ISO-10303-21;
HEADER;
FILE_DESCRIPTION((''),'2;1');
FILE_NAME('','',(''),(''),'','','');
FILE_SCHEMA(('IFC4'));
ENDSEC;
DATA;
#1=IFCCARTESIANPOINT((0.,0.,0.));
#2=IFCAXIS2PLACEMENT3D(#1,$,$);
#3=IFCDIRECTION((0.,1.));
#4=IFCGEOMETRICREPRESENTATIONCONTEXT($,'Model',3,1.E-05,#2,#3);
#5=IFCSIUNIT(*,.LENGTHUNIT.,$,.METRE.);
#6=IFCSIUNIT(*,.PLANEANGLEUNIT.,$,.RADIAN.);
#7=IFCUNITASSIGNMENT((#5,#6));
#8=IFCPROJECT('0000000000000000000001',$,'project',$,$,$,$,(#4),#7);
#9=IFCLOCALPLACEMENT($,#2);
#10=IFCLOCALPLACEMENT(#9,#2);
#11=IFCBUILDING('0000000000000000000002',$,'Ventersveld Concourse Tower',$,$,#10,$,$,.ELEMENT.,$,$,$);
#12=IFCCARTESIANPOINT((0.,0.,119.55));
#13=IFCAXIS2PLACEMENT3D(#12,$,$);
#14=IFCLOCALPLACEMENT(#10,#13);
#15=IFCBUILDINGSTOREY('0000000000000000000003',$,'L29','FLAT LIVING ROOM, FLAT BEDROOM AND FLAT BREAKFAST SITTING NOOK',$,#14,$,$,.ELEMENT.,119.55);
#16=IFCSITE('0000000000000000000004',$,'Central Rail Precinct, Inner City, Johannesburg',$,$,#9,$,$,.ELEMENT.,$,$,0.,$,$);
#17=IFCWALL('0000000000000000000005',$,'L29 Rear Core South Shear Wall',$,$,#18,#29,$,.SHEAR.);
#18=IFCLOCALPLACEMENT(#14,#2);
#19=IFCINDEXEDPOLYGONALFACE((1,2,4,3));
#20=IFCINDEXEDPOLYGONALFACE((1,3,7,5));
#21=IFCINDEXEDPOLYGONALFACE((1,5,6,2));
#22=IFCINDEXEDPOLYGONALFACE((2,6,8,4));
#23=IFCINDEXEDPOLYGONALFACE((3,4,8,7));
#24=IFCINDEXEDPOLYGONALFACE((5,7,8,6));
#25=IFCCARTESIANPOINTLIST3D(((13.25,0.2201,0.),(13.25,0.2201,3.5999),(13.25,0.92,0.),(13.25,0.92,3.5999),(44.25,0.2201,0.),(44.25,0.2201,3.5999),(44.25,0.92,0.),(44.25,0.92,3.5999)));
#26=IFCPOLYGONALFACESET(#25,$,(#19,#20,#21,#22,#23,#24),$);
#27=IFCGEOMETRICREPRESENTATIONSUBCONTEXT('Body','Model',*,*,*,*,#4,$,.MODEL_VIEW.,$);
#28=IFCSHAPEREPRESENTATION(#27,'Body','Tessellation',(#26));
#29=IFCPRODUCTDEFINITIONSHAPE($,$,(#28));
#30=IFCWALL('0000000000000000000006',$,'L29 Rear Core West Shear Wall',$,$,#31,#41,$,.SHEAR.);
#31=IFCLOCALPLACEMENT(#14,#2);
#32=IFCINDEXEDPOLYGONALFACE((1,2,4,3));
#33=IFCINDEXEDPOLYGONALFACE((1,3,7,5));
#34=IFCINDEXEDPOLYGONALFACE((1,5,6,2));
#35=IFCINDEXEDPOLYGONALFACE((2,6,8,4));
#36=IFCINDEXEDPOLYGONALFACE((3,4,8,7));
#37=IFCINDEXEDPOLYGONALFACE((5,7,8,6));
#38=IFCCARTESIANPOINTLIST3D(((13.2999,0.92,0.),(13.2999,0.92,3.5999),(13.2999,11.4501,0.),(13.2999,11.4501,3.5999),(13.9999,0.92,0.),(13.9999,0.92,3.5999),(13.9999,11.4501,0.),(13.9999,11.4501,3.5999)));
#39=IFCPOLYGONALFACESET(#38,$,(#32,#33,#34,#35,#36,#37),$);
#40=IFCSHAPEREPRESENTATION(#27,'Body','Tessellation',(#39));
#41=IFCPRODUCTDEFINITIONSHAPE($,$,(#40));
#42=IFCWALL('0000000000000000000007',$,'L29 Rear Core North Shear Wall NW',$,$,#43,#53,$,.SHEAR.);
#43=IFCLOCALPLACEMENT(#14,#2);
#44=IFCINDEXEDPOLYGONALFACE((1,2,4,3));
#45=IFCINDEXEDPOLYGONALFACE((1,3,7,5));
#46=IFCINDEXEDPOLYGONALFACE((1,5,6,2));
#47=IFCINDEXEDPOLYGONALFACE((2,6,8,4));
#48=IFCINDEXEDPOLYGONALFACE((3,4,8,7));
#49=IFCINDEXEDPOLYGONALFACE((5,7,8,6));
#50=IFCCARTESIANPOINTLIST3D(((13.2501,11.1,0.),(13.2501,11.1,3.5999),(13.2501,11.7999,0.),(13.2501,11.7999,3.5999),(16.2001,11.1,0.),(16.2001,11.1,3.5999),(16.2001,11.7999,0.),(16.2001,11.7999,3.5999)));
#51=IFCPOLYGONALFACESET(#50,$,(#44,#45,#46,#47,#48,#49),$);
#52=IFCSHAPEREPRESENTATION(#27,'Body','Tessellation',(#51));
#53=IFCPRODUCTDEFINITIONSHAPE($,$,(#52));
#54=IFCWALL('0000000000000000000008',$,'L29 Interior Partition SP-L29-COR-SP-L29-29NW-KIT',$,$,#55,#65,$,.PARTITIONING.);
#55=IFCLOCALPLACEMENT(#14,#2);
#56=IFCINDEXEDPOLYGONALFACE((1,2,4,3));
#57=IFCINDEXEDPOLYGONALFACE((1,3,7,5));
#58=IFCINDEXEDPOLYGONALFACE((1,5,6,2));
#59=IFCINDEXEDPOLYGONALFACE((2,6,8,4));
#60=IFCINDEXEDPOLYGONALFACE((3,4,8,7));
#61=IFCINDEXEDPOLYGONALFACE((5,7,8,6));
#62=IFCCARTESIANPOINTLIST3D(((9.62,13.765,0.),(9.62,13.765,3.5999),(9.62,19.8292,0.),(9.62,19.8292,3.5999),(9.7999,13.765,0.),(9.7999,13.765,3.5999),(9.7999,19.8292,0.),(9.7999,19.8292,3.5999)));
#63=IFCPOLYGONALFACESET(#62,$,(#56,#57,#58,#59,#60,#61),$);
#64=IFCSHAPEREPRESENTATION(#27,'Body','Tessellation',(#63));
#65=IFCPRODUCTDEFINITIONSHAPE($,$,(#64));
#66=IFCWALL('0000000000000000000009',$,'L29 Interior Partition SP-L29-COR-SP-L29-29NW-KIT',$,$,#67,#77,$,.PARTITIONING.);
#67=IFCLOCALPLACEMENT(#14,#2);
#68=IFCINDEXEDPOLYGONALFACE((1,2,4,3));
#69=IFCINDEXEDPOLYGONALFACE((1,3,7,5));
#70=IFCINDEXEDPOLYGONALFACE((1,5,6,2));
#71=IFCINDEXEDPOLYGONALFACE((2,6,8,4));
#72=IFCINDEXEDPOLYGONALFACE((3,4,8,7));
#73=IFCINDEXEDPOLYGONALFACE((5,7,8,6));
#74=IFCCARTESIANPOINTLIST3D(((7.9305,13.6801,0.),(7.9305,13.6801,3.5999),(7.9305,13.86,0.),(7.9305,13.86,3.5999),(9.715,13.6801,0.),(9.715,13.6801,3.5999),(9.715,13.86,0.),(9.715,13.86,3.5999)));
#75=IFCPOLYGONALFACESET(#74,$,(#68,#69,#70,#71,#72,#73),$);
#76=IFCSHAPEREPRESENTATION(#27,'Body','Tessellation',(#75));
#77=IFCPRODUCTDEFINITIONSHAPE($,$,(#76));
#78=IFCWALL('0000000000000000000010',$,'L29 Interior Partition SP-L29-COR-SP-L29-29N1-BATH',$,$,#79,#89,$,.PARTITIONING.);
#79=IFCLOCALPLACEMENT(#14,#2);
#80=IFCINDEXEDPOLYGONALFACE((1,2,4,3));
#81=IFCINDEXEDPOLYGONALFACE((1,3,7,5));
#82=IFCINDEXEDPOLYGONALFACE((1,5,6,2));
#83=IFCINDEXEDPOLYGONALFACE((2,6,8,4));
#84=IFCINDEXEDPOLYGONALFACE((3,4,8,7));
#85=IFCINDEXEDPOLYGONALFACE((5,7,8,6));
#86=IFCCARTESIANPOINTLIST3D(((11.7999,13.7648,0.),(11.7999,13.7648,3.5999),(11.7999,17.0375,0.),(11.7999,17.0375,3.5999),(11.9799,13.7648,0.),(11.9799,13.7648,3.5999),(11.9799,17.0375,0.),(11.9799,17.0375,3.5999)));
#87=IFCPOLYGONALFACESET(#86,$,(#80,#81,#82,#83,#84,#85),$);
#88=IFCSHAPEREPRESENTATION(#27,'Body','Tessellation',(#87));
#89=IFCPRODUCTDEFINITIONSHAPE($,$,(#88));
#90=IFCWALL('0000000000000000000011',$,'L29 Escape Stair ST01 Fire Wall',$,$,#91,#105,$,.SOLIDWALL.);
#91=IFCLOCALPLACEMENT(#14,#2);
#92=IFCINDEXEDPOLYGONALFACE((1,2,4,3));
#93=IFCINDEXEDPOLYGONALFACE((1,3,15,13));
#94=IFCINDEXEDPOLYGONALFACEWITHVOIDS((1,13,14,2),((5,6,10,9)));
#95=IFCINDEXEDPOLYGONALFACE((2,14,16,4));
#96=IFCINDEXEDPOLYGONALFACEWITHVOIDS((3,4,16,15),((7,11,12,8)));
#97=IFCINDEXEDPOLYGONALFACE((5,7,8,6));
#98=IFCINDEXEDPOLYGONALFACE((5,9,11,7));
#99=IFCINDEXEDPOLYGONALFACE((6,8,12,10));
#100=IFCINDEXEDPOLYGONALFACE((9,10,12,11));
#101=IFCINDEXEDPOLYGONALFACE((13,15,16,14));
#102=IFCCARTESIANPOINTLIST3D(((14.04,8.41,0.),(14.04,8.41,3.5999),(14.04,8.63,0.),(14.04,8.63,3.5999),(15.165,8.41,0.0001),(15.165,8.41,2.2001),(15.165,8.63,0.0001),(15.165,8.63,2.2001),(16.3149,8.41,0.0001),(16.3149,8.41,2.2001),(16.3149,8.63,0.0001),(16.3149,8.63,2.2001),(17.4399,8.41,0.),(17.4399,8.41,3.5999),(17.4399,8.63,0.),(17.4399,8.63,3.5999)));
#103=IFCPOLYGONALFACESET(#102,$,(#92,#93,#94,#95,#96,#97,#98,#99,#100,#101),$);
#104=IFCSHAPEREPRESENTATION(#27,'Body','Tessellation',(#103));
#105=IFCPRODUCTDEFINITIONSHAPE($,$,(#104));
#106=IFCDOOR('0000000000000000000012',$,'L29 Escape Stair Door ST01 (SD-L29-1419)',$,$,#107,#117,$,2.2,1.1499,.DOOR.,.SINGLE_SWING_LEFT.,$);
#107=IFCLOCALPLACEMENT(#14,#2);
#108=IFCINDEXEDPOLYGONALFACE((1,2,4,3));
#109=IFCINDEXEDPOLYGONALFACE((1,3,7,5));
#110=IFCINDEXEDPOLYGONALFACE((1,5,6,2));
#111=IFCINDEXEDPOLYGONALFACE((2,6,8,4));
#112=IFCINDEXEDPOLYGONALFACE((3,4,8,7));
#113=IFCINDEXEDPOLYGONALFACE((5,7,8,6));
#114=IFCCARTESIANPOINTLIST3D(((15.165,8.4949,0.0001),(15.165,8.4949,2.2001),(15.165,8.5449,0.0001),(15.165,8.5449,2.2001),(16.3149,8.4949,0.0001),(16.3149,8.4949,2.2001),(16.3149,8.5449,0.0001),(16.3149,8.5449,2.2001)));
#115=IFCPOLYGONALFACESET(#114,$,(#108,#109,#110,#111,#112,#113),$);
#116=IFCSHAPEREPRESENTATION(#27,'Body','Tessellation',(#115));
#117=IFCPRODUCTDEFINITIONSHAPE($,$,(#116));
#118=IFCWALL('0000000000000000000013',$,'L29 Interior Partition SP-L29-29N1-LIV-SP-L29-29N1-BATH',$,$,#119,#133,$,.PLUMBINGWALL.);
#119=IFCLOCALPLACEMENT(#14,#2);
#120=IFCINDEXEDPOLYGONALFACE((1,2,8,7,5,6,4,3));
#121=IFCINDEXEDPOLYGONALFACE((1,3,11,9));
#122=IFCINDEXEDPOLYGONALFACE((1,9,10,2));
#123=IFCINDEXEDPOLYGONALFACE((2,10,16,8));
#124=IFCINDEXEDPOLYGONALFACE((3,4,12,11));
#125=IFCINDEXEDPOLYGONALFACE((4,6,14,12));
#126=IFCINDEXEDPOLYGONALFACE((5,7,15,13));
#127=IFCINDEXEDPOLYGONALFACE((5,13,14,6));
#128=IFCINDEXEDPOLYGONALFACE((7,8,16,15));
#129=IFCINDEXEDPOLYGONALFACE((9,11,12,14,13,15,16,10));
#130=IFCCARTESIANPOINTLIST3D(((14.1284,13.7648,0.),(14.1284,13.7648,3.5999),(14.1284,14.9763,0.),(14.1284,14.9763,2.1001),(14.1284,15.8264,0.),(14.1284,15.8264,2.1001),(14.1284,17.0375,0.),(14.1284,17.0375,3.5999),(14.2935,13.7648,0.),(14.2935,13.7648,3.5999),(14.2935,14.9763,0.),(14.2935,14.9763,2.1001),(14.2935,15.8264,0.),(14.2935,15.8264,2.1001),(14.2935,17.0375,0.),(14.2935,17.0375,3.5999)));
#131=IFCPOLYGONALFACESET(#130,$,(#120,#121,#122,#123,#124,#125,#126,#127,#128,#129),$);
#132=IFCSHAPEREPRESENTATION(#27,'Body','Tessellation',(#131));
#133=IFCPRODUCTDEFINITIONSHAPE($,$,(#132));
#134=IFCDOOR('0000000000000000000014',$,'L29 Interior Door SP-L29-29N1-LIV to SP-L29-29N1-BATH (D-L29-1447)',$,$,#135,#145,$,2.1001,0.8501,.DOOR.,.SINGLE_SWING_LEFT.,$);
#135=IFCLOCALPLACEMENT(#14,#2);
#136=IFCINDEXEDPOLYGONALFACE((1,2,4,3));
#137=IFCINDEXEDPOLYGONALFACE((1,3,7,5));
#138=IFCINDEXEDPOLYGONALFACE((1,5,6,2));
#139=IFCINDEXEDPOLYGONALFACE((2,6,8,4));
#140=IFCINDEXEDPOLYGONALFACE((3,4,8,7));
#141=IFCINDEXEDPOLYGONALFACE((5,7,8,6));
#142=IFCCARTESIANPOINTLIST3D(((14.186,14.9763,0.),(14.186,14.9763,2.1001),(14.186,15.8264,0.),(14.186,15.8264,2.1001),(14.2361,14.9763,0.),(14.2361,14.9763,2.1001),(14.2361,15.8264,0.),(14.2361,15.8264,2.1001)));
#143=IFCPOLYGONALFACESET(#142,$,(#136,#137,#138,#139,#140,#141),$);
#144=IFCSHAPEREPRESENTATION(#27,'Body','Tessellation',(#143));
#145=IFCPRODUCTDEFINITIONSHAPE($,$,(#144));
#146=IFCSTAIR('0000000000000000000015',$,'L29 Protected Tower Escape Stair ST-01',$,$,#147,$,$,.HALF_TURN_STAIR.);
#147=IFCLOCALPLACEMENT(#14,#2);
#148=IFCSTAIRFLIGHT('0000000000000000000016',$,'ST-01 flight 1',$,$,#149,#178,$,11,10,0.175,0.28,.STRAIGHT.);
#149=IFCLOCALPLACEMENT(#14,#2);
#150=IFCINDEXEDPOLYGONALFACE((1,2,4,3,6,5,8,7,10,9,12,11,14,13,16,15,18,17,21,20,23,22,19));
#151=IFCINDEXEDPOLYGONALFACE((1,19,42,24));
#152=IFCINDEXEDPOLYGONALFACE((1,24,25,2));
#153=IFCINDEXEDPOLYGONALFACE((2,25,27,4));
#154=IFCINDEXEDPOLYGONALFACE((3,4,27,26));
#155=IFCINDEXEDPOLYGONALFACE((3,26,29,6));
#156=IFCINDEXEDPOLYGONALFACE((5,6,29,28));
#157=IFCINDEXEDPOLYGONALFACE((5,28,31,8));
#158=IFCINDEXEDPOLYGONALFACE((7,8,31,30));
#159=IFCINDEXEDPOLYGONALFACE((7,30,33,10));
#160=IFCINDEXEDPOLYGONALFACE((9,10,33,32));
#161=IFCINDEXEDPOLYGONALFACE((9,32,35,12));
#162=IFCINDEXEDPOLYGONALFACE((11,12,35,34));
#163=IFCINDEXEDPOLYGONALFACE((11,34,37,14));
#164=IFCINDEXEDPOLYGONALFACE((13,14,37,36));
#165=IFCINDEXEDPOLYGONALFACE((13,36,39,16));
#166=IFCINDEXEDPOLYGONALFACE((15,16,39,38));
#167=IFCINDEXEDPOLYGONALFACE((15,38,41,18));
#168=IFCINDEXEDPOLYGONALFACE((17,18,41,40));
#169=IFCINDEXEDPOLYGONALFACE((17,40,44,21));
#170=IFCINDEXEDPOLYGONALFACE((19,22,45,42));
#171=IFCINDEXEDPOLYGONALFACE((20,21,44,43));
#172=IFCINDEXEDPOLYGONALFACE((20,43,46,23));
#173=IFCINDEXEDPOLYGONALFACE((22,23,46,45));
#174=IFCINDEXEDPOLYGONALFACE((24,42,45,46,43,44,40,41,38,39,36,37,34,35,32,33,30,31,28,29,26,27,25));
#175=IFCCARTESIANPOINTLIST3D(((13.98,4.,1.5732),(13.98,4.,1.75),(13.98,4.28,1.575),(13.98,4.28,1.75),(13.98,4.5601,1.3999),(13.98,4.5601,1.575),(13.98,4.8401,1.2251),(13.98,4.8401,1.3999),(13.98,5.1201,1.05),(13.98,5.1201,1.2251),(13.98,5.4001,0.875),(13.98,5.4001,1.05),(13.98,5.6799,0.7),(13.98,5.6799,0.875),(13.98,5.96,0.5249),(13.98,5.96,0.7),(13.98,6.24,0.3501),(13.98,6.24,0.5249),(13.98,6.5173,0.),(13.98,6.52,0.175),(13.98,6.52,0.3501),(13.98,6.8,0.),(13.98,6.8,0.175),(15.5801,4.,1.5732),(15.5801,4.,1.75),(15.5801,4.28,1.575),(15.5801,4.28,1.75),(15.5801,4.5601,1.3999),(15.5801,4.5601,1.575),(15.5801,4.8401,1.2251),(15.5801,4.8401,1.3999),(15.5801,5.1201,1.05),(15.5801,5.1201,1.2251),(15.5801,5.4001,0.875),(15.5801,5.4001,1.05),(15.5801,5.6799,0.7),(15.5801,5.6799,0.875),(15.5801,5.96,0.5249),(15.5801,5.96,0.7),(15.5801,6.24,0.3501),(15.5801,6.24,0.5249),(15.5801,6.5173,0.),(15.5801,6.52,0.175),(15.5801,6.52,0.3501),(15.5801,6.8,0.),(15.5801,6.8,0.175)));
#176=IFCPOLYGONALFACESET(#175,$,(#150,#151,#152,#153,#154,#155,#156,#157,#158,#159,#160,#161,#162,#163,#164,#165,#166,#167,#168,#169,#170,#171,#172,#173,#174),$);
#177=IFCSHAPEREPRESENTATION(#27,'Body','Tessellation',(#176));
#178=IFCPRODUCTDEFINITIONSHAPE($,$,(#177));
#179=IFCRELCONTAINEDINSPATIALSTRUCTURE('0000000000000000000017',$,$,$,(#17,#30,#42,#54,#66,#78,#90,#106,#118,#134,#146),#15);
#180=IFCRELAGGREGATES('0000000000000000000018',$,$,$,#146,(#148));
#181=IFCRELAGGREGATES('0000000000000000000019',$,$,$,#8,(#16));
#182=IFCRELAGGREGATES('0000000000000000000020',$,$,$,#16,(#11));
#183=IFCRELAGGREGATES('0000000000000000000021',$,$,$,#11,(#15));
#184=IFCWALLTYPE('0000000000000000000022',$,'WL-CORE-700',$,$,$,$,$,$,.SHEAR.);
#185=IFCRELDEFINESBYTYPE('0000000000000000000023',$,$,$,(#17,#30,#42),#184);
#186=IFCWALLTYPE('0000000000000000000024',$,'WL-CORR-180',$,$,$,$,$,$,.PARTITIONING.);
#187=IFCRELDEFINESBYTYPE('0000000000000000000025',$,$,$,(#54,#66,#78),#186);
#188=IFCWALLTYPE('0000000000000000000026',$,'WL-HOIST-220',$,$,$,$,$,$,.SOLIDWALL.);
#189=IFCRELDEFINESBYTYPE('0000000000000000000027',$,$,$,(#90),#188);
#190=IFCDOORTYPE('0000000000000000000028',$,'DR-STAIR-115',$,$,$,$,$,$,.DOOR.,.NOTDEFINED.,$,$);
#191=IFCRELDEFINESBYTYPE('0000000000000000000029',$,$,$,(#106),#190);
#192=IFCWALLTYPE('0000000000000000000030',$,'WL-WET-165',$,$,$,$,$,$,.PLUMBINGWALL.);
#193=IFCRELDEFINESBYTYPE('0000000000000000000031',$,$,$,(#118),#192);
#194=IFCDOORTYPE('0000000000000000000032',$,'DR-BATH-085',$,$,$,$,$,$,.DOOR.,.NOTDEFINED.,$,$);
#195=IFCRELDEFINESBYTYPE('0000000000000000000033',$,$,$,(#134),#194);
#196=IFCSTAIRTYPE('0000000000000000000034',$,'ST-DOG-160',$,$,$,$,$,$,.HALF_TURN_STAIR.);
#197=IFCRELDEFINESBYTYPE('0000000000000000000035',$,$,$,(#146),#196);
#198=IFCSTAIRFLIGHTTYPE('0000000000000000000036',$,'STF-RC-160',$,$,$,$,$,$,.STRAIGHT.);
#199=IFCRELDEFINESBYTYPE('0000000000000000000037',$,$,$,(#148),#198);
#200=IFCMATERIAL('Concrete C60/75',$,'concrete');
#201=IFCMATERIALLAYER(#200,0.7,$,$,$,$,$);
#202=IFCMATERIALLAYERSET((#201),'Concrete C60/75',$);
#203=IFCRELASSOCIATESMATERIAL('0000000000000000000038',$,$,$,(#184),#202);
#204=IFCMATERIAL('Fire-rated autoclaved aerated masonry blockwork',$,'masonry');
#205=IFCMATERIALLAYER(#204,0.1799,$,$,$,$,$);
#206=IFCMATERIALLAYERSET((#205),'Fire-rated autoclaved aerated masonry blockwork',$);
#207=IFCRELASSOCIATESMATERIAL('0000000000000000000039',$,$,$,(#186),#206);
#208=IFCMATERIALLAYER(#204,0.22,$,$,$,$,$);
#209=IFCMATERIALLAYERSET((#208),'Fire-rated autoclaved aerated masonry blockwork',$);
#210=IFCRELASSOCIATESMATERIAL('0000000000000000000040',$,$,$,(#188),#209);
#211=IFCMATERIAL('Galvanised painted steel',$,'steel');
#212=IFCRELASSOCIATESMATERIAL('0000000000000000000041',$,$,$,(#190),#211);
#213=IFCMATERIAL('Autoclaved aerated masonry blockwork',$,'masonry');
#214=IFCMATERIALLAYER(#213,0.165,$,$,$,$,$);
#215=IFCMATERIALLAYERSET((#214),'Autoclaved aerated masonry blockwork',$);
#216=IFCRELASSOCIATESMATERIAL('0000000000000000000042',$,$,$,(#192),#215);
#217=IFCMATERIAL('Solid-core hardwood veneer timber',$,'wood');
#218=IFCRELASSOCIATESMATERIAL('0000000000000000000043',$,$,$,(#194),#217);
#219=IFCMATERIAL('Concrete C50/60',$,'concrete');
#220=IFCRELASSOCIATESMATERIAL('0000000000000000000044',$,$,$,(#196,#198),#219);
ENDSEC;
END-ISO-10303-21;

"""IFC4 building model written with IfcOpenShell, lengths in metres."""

from ifc_helpers import new_model, si_unit, direction, frame, frame_2d, origin, place, context, subcontext, project, spatial, polyline, rectangle, outline, extrude, material, layer, layer_set, type_object, element, fill, aggregate, save


model = new_model("IFC4")

# Units and contexts
model_context = context("Model", 3, precision=1e-05, world=origin(), true_north=direction((0.0, 1.0)))
body_context = subcontext(model_context, "Body", "Model", "MODEL_VIEW")
ifc_project = project(units=[si_unit("LENGTHUNIT", "METRE"), si_unit("PLANEANGLEUNIT", "RADIAN")], contexts=[model_context])

# Site, building, storey
site_placement = place(None, origin())
site = spatial("IfcSite", under=ifc_project, at=site_placement, Name="Central Rail Precinct, Inner City, Johannesburg", CompositionType="ELEMENT", RefElevation=0.0)
building_placement = place(site_placement, origin())
building = spatial("IfcBuilding", under=site, at=building_placement, Name="Ventersveld Concourse Tower", CompositionType="ELEMENT")
storey_placement = place(building_placement, frame((0.0, 0.0, 119.55)))
storey = spatial("IfcBuildingStorey", under=building, at=storey_placement, Name="L29", Description="FLAT LIVING ROOM, FLAT BEDROOM AND FLAT BREAKFAST SITTING NOOK", CompositionType="ELEMENT", Elevation=119.55)

# Shared definitions
ifc_material_1 = material(Name="Concrete C50/60", Category="concrete")

# Walls
ifc_material_2 = material(Name="Concrete C60/75", Category="concrete")
ifc_layer_1 = layer(ifc_material_2, 0.7)
ifc_layer_set_1 = layer_set([ifc_layer_1], Name="Concrete C60/75")
wall_type_1 = type_object("IfcWallType", Name="WL-CORE-700", PredefinedType="SHEAR", material=ifc_layer_set_1)
wall_1_placement = place(storey_placement, frame((13.25, 0.5701, 0.0), z_axis=(0.0, 0.0, 1.0), x_axis=(1.0, 0.0, 0.0)))
element("IfcWall", 1, at=wall_1_placement, inside=storey, type_object=wall_type_1, Name="L29 Rear Core South Shear Wall", PredefinedType="SHEAR", context=body_context, shape_type="SweptSolid", body=[
    extrude(rectangle(XDim=31.0, YDim=0.7, at=frame_2d((15.5, 0.0))), origin(), (0.0, 0.0, 1.0), 3.5999),
])
wall_2_placement = place(storey_placement, frame((13.6499, 0.9199, 0.0), z_axis=(0.0, 0.0, 1.0), x_axis=(0.0, 1.0, 0.0)))
element("IfcWall", 2, at=wall_2_placement, inside=storey, type_object=wall_type_1, Name="L29 Rear Core West Shear Wall", PredefinedType="SHEAR", context=body_context, shape_type="SweptSolid", body=[
    extrude(rectangle(XDim=10.53, YDim=0.7, at=frame_2d((5.2651, 0.0))), origin(), (0.0, 0.0, 1.0), 3.5999),
])
wall_3_placement = place(storey_placement, frame((13.25, 11.45, 0.0), z_axis=(0.0, 0.0, 1.0), x_axis=(1.0, 0.0, 0.0)))
element("IfcWall", 3, at=wall_3_placement, inside=storey, type_object=wall_type_1, Name="L29 Rear Core North Shear Wall NW", PredefinedType="SHEAR", context=body_context, shape_type="SweptSolid", body=[
    extrude(rectangle(XDim=2.95, YDim=0.7, at=frame_2d((1.4751, 0.0))), origin(), (0.0, 0.0, 1.0), 3.5999),
])
ifc_material_3 = material(Name="Fire-rated autoclaved aerated masonry blockwork", Category="masonry")
ifc_layer_2 = layer(ifc_material_3, 0.1799)
ifc_layer_set_2 = layer_set([ifc_layer_2], Name="Fire-rated autoclaved aerated masonry blockwork")
wall_type_2 = type_object("IfcWallType", Name="WL-CORR-180", PredefinedType="PARTITIONING", material=ifc_layer_set_2)
wall_4_placement = place(storey_placement, frame((9.71, 13.7649, 0.0), z_axis=(0.0, 0.0, 1.0), x_axis=(0.0, 1.0, 0.0)))
element("IfcWall", 4, at=wall_4_placement, inside=storey, type_object=wall_type_2, Name="L29 Interior Partition SP-L29-COR-SP-L29-29NW-KIT", PredefinedType="PARTITIONING", context=body_context, shape_type="SweptSolid", body=[
    extrude(rectangle(XDim=6.0642, YDim=0.1799, at=frame_2d((3.0322, 0.0))), origin(), (0.0, 0.0, 1.0), 3.5999),
])
wall_5_placement = place(storey_placement, frame((7.9307, 13.77, 0.0), z_axis=(0.0, 0.0, 1.0), x_axis=(1.0, 0.0, 0.0)))
element("IfcWall", 5, at=wall_5_placement, inside=storey, type_object=wall_type_2, Name="L29 Interior Partition SP-L29-COR-SP-L29-29NW-KIT", PredefinedType="PARTITIONING", context=body_context, shape_type="SweptSolid", body=[
    extrude(rectangle(XDim=1.7844, YDim=0.1799, at=frame_2d((0.8921, 0.0))), origin(), (0.0, 0.0, 1.0), 3.5999),
])
wall_6_placement = place(storey_placement, frame((11.8899, 13.7649, 0.0), z_axis=(0.0, 0.0, 1.0), x_axis=(0.0, 1.0, 0.0)))
element("IfcWall", 6, at=wall_6_placement, inside=storey, type_object=wall_type_2, Name="L29 Interior Partition SP-L29-COR-SP-L29-29N1-BATH", PredefinedType="PARTITIONING", context=body_context, shape_type="SweptSolid", body=[
    extrude(rectangle(XDim=3.2727, YDim=0.1799, at=frame_2d((1.6362, 0.0))), origin(), (0.0, 0.0, 1.0), 3.5999),
])

# Walls, openings, doors
ifc_layer_3 = layer(ifc_material_3, 0.22)
ifc_layer_set_3 = layer_set([ifc_layer_3], Name="Fire-rated autoclaved aerated masonry blockwork")
wall_type_3 = type_object("IfcWallType", Name="WL-HOIST-220", PredefinedType="SOLIDWALL", material=ifc_layer_set_3)
wall_7_placement = place(storey_placement, frame((14.04, 8.52, 0.0), z_axis=(0.0, 0.0, 1.0), x_axis=(1.0, 0.0, 0.0)))
wall_7 = element("IfcWall", 7, at=wall_7_placement, inside=storey, type_object=wall_type_3, Name="L29 Escape Stair ST01 Fire Wall", PredefinedType="SOLIDWALL", context=body_context, shape_type="SweptSolid", body=[
    extrude(rectangle(XDim=3.3999, YDim=0.22, at=frame_2d((1.7, 0.0))), origin(), (0.0, 0.0, 1.0), 3.5999),
])
opening_1_placement = place(wall_7_placement, frame((1.125, 0.0, 0.0)))
opening_1 = element("IfcOpeningElement", 8, at=opening_1_placement, cuts=wall_7, PredefinedType="OPENING", context=body_context, shape_type="SweptSolid", body=[
    extrude(rectangle(XDim=1.1499, YDim=2.2, at=frame_2d((0.575, 1.1001))), frame((0.0, 0.1201, 0.0), z_axis=(0.0, -1.0, 0.0), x_axis=(1.0, 0.0, 0.0)), (0.0, 0.0, 1.0), 0.24),
])
ifc_material_4 = material(Name="Galvanised painted steel", Category="steel")
door_type_1 = type_object("IfcDoorType", Name="DR-STAIR-115", OperationType="NOTDEFINED", PredefinedType="DOOR", material=ifc_material_4)
door_1_placement = place(opening_1_placement, origin())
door_1 = element("IfcDoor", 9, at=door_1_placement, inside=storey, type_object=door_type_1, Name="L29 Escape Stair Door ST01 (SD-L29-1419)", OperationType="SINGLE_SWING_LEFT", OverallHeight=2.2, OverallWidth=1.1499, PredefinedType="DOOR", context=body_context, shape_type="SweptSolid", body=[
    extrude(rectangle(XDim=1.1499, YDim=2.2, at=frame_2d((0.575, 1.1001))), frame((0.0, 0.0249, 0.0), z_axis=(0.0, -1.0, 0.0), x_axis=(1.0, 0.0, 0.0)), (0.0, 0.0, 1.0), 0.05),
])
fill(opening_1, door_1)
ifc_material_5 = material(Name="Autoclaved aerated masonry blockwork", Category="masonry")
ifc_layer_4 = layer(ifc_material_5, 0.165)
ifc_layer_set_4 = layer_set([ifc_layer_4], Name="Autoclaved aerated masonry blockwork")
wall_type_4 = type_object("IfcWallType", Name="WL-WET-165", PredefinedType="PLUMBINGWALL", material=ifc_layer_set_4)
wall_8_placement = place(storey_placement, frame((14.2109, 13.7649, 0.0), z_axis=(0.0, 0.0, 1.0), x_axis=(0.0, 1.0, 0.0)))
wall_8 = element("IfcWall", 10, at=wall_8_placement, inside=storey, type_object=wall_type_4, Name="L29 Interior Partition SP-L29-29N1-LIV-SP-L29-29N1-BATH", PredefinedType="PLUMBINGWALL", context=body_context, shape_type="SweptSolid", body=[
    extrude(rectangle(XDim=3.2727, YDim=0.165, at=frame_2d((1.6362, 0.0))), origin(), (0.0, 0.0, 1.0), 3.5999),
])
opening_2_placement = place(wall_8_placement, frame((1.2114, 0.0, 0.0)))
opening_2 = element("IfcOpeningElement", 11, at=opening_2_placement, cuts=wall_8, PredefinedType="OPENING", context=body_context, shape_type="SweptSolid", body=[
    extrude(rectangle(XDim=0.8501, YDim=2.1001, at=frame_2d((0.425, 1.05))), frame((0.0, 0.0925, 0.0), z_axis=(0.0, -1.0, 0.0), x_axis=(1.0, 0.0, 0.0)), (0.0, 0.0, 1.0), 0.1851),
])
ifc_material_6 = material(Name="Solid-core hardwood veneer timber", Category="wood")
door_type_2 = type_object("IfcDoorType", Name="DR-BATH-085", OperationType="NOTDEFINED", PredefinedType="DOOR", material=ifc_material_6)
door_2_placement = place(opening_2_placement, origin())
door_2 = element("IfcDoor", 12, at=door_2_placement, inside=storey, type_object=door_type_2, Name="L29 Interior Door SP-L29-29N1-LIV to SP-L29-29N1-BATH (D-L29-1447)", OperationType="SINGLE_SWING_LEFT", OverallHeight=2.1001, OverallWidth=0.8501, PredefinedType="DOOR", context=body_context, shape_type="SweptSolid", body=[
    extrude(rectangle(XDim=0.8501, YDim=2.1001, at=frame_2d((0.425, 1.05))), frame((0.0, 0.0249, 0.0), z_axis=(0.0, -1.0, 0.0), x_axis=(1.0, 0.0, 0.0)), (0.0, 0.0, 1.0), 0.05),
])
fill(opening_2, door_2)

# Stair, stair flight
stair_type = type_object("IfcStairType", Name="ST-DOG-160", PredefinedType="HALF_TURN_STAIR", material=ifc_material_1)
stair_placement = place(storey_placement, origin())
stair = element("IfcStair", 13, at=stair_placement, inside=storey, type_object=stair_type, Name="L29 Protected Tower Escape Stair ST-01", PredefinedType="HALF_TURN_STAIR")
stair_flight_type = type_object("IfcStairFlightType", Name="STF-RC-160", PredefinedType="STRAIGHT", material=ifc_material_1)
stair_flight_placement = place(storey_placement, frame((14.78, 6.8, 0.0), z_axis=(0.0, 0.0, 1.0), x_axis=(0.0, -1.0, 0.0)))
stair_flight = element("IfcStairFlight", 14, at=stair_flight_placement, type_object=stair_flight_type, Name="ST-01 flight 1", NumberOfRisers=11, NumberOfTreads=10, PredefinedType="STRAIGHT", RiserHeight=0.175, TreadLength=0.28, context=body_context, shape_type="SweptSolid", body=[
    extrude(outline(polyline([(0.0, 0.0), (0.0, 0.175), (0.28, 0.175), (0.28, 0.3501), (0.5601, 0.3501), (0.5601, 0.5249), (0.8401, 0.5249), (0.8401, 0.7), (1.1201, 0.7), (1.1201, 0.875), (1.3999, 0.875), (1.3999, 1.05), (1.6799, 1.05), (1.6799, 1.2251), (1.96, 1.2251), (1.96, 1.3999), (2.24, 1.3999), (2.24, 1.575), (2.52, 1.575), (2.52, 1.75), (2.8, 1.75), (2.8, 1.925), (2.8, 1.5732), (0.2827, 0.0), (0.0, 0.0)])), frame((0.0, 0.8, 0.0), z_axis=(0.0, -1.0, 0.0), x_axis=(1.0, 0.0, 0.0)), (0.0, 0.0, 1.0), 1.6001),
])
aggregate(stair, [stair_flight])

save(model, "model.ifc")
